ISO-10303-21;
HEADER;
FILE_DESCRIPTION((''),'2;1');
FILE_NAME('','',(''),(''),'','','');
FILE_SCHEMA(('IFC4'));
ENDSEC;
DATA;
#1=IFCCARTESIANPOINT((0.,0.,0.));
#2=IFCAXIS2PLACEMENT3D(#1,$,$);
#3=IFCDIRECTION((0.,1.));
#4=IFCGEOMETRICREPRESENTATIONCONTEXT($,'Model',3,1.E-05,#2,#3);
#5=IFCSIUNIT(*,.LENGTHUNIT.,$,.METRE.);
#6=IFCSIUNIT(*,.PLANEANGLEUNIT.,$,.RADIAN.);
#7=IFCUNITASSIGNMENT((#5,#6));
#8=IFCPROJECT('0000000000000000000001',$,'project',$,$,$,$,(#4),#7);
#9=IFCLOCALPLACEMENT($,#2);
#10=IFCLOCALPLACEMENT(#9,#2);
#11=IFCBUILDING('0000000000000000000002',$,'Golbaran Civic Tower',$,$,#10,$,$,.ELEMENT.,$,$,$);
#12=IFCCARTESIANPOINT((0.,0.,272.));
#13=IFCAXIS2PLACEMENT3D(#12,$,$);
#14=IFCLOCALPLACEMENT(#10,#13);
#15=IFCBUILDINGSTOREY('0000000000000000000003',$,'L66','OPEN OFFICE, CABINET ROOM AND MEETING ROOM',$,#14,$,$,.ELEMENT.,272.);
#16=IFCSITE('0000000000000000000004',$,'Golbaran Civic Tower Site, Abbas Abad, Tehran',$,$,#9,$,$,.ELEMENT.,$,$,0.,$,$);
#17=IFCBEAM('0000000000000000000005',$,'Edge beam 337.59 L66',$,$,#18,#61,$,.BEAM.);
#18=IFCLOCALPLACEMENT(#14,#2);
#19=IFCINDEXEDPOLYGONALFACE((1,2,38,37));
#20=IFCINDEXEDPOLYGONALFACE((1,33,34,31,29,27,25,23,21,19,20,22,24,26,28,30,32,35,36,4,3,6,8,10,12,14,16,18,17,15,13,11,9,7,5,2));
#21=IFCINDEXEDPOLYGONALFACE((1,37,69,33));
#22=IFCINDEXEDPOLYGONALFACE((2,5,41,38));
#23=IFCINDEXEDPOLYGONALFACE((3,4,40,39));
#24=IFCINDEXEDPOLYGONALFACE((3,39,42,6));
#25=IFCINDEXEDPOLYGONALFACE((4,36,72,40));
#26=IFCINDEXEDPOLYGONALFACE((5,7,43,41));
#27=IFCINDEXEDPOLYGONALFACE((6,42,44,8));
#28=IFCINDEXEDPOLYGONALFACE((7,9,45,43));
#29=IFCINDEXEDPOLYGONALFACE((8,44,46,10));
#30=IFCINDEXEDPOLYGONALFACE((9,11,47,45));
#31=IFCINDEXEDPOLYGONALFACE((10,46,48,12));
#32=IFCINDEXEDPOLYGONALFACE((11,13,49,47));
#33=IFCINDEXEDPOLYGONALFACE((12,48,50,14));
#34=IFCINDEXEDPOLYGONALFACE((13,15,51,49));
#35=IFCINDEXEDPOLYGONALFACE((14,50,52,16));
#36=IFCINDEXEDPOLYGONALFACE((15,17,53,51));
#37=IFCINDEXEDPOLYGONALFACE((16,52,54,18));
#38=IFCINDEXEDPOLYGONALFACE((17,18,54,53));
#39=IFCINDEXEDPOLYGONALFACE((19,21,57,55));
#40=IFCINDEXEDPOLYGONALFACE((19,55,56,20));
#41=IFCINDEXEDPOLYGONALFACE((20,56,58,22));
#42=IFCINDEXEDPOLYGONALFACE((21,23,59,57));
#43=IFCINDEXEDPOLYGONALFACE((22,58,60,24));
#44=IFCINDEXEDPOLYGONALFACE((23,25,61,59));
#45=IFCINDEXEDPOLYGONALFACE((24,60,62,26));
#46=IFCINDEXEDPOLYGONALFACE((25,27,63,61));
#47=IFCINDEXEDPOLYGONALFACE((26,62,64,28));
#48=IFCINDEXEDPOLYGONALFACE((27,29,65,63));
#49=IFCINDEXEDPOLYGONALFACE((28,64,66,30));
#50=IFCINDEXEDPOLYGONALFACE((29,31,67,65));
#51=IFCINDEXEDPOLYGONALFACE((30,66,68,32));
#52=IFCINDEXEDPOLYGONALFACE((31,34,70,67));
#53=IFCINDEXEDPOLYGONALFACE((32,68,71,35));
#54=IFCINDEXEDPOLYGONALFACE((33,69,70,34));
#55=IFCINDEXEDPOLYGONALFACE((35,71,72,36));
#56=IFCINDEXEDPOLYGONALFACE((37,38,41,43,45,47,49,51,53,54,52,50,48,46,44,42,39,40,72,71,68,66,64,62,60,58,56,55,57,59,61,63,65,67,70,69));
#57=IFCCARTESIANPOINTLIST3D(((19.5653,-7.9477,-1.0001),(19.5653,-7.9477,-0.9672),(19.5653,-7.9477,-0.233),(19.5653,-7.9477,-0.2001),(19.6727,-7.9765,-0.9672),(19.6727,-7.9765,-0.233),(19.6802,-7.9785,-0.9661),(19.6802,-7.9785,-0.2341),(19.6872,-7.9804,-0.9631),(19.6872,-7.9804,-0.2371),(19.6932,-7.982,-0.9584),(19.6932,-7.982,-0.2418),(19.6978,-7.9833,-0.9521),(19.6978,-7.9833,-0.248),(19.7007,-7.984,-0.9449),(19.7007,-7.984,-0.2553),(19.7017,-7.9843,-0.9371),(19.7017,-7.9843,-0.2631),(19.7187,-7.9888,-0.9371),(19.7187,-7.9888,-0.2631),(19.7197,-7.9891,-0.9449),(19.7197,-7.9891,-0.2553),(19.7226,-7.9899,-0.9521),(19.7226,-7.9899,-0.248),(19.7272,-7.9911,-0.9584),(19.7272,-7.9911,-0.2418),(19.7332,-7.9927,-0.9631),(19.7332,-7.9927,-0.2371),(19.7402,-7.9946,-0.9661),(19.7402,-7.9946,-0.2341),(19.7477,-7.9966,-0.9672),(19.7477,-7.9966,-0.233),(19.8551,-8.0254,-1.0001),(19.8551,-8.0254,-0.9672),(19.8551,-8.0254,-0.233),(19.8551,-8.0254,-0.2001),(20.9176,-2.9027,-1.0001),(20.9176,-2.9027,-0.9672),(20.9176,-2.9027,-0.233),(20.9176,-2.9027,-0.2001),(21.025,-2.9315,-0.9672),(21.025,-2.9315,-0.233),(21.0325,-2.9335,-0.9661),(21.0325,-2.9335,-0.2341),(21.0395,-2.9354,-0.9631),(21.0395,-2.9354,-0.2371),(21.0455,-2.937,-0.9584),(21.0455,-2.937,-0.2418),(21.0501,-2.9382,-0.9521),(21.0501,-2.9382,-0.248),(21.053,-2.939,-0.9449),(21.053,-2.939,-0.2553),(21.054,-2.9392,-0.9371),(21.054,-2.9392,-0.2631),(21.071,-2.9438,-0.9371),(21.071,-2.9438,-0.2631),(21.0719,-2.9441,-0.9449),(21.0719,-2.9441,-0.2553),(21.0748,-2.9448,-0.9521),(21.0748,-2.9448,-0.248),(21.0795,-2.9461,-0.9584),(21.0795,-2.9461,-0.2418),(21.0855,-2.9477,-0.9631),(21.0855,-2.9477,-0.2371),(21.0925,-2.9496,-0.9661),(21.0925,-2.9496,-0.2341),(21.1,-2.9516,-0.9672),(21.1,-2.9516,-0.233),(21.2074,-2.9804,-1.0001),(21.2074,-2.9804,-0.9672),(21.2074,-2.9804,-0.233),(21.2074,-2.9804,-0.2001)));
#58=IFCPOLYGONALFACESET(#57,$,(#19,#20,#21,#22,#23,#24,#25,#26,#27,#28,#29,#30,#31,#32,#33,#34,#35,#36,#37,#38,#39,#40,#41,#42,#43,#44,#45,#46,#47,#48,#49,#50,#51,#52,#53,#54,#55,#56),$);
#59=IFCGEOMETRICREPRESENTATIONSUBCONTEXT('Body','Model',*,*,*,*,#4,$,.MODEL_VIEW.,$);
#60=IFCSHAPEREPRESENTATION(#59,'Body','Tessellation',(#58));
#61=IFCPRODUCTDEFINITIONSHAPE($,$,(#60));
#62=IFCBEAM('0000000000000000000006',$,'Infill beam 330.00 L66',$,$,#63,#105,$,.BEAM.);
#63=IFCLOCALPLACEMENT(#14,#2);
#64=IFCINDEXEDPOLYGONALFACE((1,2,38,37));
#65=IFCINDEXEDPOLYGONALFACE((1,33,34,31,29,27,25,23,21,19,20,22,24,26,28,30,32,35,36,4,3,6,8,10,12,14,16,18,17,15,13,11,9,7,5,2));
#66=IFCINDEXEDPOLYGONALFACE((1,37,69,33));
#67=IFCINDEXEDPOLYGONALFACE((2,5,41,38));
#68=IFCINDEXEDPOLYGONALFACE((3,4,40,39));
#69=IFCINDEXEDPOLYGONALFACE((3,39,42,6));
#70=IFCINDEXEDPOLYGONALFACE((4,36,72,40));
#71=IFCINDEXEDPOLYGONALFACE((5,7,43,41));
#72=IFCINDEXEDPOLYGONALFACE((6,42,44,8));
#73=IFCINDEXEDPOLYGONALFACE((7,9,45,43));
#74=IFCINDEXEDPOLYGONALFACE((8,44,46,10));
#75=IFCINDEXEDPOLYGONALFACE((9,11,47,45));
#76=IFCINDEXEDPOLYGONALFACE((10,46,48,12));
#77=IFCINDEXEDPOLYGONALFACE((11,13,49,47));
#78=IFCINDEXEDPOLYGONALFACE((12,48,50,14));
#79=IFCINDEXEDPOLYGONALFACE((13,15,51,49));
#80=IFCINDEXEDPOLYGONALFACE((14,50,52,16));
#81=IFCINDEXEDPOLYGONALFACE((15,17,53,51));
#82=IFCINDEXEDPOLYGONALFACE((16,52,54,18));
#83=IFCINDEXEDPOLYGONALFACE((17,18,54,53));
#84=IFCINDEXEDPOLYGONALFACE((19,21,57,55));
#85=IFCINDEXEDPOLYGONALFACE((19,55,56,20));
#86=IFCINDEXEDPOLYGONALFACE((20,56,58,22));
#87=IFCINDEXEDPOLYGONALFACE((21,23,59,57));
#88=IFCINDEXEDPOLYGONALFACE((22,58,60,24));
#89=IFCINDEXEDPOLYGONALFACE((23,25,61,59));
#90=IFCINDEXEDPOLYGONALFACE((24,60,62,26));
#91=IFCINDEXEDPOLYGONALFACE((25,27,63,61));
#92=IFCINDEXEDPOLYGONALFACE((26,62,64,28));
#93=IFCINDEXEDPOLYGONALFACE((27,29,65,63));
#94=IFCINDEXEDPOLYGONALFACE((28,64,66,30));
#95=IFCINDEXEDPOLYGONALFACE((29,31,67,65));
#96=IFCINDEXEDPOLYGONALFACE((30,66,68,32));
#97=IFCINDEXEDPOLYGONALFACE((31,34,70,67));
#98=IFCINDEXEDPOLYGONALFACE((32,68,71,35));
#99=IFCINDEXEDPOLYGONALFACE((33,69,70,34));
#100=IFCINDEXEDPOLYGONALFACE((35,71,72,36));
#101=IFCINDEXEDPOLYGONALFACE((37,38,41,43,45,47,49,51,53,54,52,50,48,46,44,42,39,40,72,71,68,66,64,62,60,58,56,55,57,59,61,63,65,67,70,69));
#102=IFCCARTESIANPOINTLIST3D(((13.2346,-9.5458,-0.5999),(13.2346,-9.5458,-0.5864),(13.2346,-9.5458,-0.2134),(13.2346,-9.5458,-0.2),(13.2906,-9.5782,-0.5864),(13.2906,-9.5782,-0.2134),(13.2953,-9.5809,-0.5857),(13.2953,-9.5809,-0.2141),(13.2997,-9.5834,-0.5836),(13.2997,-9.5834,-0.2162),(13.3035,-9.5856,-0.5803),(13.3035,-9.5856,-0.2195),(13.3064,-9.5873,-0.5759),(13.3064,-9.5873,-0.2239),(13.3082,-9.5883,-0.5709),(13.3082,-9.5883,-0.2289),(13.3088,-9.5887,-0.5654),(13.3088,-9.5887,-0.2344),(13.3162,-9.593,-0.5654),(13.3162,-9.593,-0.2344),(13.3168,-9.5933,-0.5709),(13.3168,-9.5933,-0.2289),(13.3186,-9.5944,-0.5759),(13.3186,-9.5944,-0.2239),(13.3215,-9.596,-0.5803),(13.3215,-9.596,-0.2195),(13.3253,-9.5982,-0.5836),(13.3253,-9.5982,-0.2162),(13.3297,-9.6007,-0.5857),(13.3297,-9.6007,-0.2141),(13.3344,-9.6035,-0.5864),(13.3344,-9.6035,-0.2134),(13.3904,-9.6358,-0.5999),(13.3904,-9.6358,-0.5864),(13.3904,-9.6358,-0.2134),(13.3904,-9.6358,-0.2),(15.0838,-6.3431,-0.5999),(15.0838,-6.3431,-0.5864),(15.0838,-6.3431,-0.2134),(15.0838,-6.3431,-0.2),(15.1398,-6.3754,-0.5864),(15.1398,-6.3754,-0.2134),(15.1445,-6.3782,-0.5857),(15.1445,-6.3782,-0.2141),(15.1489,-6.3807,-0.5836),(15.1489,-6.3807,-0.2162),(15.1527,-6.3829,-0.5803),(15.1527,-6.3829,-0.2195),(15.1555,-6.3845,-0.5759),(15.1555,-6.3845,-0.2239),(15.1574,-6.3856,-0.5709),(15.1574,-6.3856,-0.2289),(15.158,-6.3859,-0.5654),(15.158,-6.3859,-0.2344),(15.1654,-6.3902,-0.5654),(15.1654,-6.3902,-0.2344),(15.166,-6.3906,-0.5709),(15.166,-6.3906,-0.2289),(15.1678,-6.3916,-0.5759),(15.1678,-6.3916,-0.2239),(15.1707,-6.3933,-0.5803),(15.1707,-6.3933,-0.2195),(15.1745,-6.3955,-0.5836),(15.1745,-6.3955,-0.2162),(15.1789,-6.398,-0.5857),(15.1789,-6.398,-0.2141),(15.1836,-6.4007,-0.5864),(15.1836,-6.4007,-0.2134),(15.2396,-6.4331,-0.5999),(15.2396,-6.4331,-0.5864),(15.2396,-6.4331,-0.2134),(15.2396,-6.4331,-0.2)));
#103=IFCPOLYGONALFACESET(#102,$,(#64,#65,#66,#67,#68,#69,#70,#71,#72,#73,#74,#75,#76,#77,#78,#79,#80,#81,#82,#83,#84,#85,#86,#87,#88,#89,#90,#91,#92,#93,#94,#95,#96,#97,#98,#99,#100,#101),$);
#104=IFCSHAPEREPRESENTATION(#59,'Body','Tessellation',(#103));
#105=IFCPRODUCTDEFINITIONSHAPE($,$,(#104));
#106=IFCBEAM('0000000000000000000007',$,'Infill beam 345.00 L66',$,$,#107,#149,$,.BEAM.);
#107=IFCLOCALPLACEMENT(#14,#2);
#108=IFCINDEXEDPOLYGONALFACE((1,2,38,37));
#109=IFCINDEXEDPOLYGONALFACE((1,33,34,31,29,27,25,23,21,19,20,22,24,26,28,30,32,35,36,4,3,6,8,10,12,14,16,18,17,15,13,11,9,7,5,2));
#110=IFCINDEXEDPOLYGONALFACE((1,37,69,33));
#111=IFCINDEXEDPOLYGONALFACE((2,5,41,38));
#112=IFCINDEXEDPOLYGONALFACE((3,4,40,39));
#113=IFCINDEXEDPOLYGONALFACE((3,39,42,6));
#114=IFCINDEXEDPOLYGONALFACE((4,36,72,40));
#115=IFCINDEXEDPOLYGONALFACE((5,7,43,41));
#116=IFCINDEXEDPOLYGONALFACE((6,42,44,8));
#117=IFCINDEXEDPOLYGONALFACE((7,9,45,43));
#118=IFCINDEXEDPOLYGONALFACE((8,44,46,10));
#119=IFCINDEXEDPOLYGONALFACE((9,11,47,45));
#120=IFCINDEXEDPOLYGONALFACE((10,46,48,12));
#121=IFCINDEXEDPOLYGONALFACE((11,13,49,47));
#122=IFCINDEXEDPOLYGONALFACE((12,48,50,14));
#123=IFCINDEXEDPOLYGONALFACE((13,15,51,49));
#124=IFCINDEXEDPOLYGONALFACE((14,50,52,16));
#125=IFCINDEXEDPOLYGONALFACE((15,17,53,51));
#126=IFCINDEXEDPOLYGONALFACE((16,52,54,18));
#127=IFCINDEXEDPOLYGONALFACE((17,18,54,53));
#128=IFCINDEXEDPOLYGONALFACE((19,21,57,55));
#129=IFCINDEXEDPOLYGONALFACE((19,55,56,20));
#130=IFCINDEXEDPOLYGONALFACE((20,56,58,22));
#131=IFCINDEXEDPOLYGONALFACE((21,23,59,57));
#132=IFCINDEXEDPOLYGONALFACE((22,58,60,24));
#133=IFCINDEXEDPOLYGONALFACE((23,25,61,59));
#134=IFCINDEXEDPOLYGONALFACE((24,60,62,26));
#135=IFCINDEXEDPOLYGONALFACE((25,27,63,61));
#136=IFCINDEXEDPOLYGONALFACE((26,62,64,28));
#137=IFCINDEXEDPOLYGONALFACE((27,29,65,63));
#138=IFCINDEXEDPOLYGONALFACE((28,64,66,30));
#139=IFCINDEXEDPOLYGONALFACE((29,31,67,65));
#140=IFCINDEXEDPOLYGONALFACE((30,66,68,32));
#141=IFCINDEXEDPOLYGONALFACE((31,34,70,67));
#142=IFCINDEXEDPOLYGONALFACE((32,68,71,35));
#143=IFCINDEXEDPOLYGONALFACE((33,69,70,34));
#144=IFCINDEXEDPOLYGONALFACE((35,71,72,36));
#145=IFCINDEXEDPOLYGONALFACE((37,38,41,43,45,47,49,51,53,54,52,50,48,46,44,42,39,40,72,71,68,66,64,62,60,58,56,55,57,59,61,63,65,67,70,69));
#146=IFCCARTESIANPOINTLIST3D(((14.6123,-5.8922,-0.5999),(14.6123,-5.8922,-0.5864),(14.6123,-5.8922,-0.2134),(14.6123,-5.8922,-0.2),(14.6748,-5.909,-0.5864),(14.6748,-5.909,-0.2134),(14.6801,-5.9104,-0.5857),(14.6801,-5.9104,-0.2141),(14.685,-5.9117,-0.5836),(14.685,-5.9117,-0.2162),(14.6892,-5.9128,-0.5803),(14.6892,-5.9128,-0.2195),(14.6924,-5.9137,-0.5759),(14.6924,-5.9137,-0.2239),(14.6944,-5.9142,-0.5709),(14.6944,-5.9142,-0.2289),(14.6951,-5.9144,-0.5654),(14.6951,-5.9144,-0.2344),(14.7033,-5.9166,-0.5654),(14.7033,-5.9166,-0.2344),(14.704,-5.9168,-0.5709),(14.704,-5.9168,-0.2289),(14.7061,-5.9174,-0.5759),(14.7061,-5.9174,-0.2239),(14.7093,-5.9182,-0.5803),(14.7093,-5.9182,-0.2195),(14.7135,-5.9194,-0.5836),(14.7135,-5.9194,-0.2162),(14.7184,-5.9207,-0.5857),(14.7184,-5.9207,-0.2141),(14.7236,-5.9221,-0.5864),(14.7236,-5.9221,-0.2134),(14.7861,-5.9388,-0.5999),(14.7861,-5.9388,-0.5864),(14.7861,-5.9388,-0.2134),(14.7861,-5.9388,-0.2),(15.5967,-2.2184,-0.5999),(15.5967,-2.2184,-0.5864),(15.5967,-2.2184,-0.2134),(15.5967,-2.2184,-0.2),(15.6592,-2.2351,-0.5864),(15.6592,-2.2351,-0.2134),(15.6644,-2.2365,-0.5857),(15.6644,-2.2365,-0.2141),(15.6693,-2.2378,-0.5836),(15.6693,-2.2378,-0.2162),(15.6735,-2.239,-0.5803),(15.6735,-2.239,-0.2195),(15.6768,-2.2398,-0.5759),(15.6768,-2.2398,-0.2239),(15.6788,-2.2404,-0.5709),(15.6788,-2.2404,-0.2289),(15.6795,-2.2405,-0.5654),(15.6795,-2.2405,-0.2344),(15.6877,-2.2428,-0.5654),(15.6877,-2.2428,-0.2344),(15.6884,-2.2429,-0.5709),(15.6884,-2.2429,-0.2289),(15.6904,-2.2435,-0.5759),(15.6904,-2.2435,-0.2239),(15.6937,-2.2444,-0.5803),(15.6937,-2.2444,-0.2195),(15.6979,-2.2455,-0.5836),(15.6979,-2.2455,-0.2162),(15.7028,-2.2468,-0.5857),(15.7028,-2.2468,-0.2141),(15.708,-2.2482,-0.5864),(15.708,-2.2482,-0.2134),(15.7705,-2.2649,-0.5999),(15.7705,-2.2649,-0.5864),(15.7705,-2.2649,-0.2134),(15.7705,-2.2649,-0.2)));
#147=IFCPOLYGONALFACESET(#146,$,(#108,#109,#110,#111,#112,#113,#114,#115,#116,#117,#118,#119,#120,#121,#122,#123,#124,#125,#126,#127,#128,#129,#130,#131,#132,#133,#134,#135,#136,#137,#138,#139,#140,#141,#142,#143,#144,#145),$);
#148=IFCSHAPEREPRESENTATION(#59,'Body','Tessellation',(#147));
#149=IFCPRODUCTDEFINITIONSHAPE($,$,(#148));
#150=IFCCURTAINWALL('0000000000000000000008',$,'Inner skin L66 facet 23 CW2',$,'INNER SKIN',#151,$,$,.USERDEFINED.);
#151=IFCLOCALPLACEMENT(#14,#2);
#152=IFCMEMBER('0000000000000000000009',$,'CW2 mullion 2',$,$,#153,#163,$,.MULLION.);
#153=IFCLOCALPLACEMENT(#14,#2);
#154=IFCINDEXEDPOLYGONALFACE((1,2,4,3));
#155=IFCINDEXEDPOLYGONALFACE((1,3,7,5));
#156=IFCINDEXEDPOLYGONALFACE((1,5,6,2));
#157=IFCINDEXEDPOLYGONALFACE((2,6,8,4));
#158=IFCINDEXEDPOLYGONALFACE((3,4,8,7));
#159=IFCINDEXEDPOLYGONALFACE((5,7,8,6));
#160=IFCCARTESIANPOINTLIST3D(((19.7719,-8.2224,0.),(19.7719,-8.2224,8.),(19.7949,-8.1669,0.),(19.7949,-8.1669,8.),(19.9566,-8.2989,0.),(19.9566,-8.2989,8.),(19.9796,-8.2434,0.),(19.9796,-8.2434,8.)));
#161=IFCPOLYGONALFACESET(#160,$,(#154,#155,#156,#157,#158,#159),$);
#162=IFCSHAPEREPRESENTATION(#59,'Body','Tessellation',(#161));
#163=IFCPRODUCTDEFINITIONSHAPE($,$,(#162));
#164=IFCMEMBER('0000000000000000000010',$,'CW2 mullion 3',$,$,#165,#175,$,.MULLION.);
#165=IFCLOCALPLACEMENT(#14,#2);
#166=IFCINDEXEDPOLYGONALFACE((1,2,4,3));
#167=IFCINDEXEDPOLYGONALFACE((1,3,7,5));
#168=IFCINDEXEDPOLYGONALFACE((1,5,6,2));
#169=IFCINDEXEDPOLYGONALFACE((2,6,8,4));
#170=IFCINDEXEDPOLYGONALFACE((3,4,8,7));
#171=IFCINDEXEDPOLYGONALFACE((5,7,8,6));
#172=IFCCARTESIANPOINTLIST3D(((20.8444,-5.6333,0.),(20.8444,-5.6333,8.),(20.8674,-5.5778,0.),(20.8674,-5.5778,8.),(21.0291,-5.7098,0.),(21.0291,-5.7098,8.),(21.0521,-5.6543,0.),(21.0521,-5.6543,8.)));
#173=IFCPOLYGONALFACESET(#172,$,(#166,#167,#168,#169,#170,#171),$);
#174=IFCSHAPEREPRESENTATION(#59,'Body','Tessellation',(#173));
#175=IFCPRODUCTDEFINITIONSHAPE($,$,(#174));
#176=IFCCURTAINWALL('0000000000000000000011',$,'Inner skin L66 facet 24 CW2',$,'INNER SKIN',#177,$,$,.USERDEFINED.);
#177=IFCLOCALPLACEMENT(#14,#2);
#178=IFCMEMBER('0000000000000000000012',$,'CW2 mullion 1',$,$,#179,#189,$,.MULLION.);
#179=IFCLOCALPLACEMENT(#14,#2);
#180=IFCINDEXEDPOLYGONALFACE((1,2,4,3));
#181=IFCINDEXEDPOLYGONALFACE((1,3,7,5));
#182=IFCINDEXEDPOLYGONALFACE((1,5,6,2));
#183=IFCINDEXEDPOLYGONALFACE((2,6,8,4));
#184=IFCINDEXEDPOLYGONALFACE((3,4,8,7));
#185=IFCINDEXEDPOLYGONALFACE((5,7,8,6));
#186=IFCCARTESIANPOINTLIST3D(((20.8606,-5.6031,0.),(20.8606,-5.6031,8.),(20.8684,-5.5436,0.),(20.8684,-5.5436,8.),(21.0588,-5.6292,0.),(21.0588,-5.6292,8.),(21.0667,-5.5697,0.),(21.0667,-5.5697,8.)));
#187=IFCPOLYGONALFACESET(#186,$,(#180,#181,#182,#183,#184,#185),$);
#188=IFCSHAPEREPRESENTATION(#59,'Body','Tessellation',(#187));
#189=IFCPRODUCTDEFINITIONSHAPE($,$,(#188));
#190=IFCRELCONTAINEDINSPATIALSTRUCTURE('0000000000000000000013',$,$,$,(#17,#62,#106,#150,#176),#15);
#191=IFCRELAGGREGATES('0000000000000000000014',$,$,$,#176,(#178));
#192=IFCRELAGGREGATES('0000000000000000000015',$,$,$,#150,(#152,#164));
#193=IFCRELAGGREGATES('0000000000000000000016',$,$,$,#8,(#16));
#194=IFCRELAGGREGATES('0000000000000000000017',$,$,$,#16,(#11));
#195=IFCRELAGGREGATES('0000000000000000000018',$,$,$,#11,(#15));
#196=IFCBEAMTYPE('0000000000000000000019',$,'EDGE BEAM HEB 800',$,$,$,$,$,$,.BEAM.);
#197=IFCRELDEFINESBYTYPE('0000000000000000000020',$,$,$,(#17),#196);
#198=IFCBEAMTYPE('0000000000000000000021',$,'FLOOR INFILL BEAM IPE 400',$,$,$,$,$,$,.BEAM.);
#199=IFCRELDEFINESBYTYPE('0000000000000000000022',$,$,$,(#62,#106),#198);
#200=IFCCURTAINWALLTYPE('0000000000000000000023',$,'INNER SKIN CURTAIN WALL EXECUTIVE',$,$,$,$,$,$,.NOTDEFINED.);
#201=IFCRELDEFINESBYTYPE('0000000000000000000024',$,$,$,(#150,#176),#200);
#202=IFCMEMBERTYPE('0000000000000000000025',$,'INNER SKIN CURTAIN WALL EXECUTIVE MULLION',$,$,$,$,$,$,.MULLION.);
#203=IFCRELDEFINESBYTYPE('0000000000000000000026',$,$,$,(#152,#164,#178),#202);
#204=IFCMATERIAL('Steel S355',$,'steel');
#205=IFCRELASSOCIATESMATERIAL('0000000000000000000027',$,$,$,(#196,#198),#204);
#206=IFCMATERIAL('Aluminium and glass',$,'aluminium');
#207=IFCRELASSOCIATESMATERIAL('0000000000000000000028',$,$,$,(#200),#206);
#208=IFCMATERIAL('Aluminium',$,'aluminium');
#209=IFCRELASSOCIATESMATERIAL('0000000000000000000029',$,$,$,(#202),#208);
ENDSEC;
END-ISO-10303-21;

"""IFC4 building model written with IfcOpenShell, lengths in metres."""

from ifc_helpers import new_model, si_unit, direction, frame, origin, origin_2d, place, context, subcontext, project, spatial, rectangle, i_section, extrude, material, material_profile, profile_set, type_object, element, aggregate, save


model = new_model("IFC4")

# Units and contexts
model_context = context("Model", 3, precision=1e-05, world=origin(), true_north=direction((0.0, 1.0)))
body_context = subcontext(model_context, "Body", "Model", "MODEL_VIEW")
ifc_project = project(units=[si_unit("LENGTHUNIT", "METRE"), si_unit("PLANEANGLEUNIT", "RADIAN")], contexts=[model_context])

# Site, building, storey
site_placement = place(None, origin())
site = spatial("IfcSite", under=ifc_project, at=site_placement, Name="Golbaran Civic Tower Site, Abbas Abad, Tehran", CompositionType="ELEMENT", RefElevation=0.0)
building_placement = place(site_placement, origin())
building = spatial("IfcBuilding", under=site, at=building_placement, Name="Golbaran Civic Tower", CompositionType="ELEMENT")
storey_placement = place(building_placement, frame((0.0, 0.0, 272.0)))
storey = spatial("IfcBuildingStorey", under=building, at=storey_placement, Name="L66", Description="OPEN OFFICE, CABINET ROOM AND MEETING ROOM", CompositionType="ELEMENT", Elevation=272.0)

# Beams
ifc_material_1 = material(Name="Steel S355", Category="steel")
ifc_material_profile_1 = material_profile(ifc_material_1, i_section(OverallWidth=0.3, OverallDepth=0.8, WebThickness=0.0176, FlangeThickness=0.033, FilletRadius=0.03, at=origin_2d()), Name="HEB 800")
ifc_profile_set_1 = profile_set([ifc_material_profile_1], Name="Steel S355")
beam_type_1 = type_object("IfcBeamType", Name="EDGE BEAM HEB 800", PredefinedType="BEAM", material=ifc_profile_set_1)
beam_1_placement = place(storey_placement, frame((19.7102, -7.9866, -0.6001), z_axis=(0.258899, 0.965904, 0.0), x_axis=(-0.965904, 0.258899, 0.0)))
element("IfcBeam", 1, at=beam_1_placement, inside=storey, type_object=beam_type_1, Name="Edge beam 337.59 L66", PredefinedType="BEAM", context=body_context, shape_type="SweptSolid", body=[
    extrude(i_section(OverallWidth=0.3, OverallDepth=0.8, WebThickness=0.0176, FlangeThickness=0.033, FilletRadius=0.03, at=origin_2d()), origin(), (0.0, 0.0, 1.0), 5.2231),
])
ifc_material_profile_2 = material_profile(ifc_material_1, i_section(OverallWidth=0.1799, OverallDepth=0.3999, WebThickness=0.0085, FlangeThickness=0.0134, FilletRadius=0.021, at=origin_2d()), Name="IPE 400")
ifc_profile_set_2 = profile_set([ifc_material_profile_2], Name="Steel S355")
beam_type_2 = type_object("IfcBeamType", Name="FLOOR INFILL BEAM IPE 400", PredefinedType="BEAM", material=ifc_profile_set_2)
beam_2_placement = place(storey_placement, frame((13.3125, -9.5908, -0.3999), z_axis=(0.500016, 0.866016, 0.0), x_axis=(-0.866016, 0.500016, 0.0)))
element("IfcBeam", 2, at=beam_2_placement, inside=storey, type_object=beam_type_2, Name="Infill beam 330.00 L66", PredefinedType="BEAM", context=body_context, shape_type="SweptSolid", body=[
    extrude(i_section(OverallWidth=0.1799, OverallDepth=0.3999, WebThickness=0.0085, FlangeThickness=0.0134, FilletRadius=0.021, at=origin_2d()), origin(), (0.0, 0.0, 1.0), 3.6982),
])
beam_3_placement = place(storey_placement, frame((14.6992, -5.9155, -0.3999), z_axis=(0.258813, 0.965927, 0.0), x_axis=(-0.965927, 0.258813, 0.0)))
element("IfcBeam", 3, at=beam_3_placement, inside=storey, type_object=beam_type_2, Name="Infill beam 345.00 L66", PredefinedType="BEAM", context=body_context, shape_type="SweptSolid", body=[
    extrude(i_section(OverallWidth=0.1799, OverallDepth=0.3999, WebThickness=0.0085, FlangeThickness=0.0134, FilletRadius=0.021, at=origin_2d()), origin(), (0.0, 0.0, 1.0), 3.8035),
])

# Curtain wall, members
ifc_material_2 = material(Name="Aluminium and glass", Category="aluminium")
curtain_wall_type = type_object("IfcCurtainWallType", Name="INNER SKIN CURTAIN WALL EXECUTIVE", PredefinedType="NOTDEFINED", material=ifc_material_2)
curtain_wall_1_placement = place(storey_placement, origin())
curtain_wall_1 = element("IfcCurtainWall", 4, at=curtain_wall_1_placement, inside=storey, type_object=curtain_wall_type, Name="Inner skin L66 facet 23 CW2", ObjectType="INNER SKIN", PredefinedType="USERDEFINED")
ifc_material_3 = material(Name="Aluminium", Category="aluminium")
ifc_material_profile_3 = material_profile(ifc_material_3, rectangle(XDim=0.2, YDim=0.0601, at=origin_2d()), Name="INNER SKIN CURTAIN WALL EXECUTIVE MULLION")
ifc_profile_set_3 = profile_set([ifc_material_profile_3], Name="Aluminium")
member_type_1 = type_object("IfcMemberType", Name="INNER SKIN CURTAIN WALL EXECUTIVE MULLION", PredefinedType="MULLION", material=ifc_profile_set_3)
member_1_placement = place(storey_placement, frame((19.8757, -8.2329, 0.0), z_axis=(0.0, 0.0, 1.0), x_axis=(-0.92388, 0.382683, 0.0)))
member_1 = element("IfcMember", 5, at=member_1_placement, type_object=member_type_1, Name="CW2 mullion 2", PredefinedType="MULLION", context=body_context, shape_type="SweptSolid", body=[
    extrude(rectangle(XDim=0.2, YDim=0.0601, at=origin_2d()), origin(), (0.0, 0.0, 1.0), 8.0),
])
member_2_placement = place(storey_placement, frame((20.9482, -5.6438, 0.0), z_axis=(0.0, 0.0, 1.0), x_axis=(-0.92388, 0.382683, 0.0)))
member_2 = element("IfcMember", 6, at=member_2_placement, type_object=member_type_1, Name="CW2 mullion 3", PredefinedType="MULLION", context=body_context, shape_type="SweptSolid", body=[
    extrude(rectangle(XDim=0.2, YDim=0.0601, at=origin_2d()), origin(), (0.0, 0.0, 1.0), 8.0),
])

# Curtain wall, member
curtain_wall_2_placement = place(storey_placement, origin())
curtain_wall_2 = element("IfcCurtainWall", 7, at=curtain_wall_2_placement, inside=storey, type_object=curtain_wall_type, Name="Inner skin L66 facet 24 CW2", ObjectType="INNER SKIN", PredefinedType="USERDEFINED")
member_3_placement = place(storey_placement, frame((20.9636, -5.5864, 0.0), z_axis=(0.0, 0.0, 1.0), x_axis=(-0.991445, 0.130526, 0.0)))
member_3 = element("IfcMember", 8, at=member_3_placement, type_object=member_type_1, Name="CW2 mullion 1", PredefinedType="MULLION", context=body_context, shape_type="SweptSolid", body=[
    extrude(rectangle(XDim=0.2, YDim=0.0601, at=origin_2d()), origin(), (0.0, 0.0, 1.0), 8.0),
])

aggregate(curtain_wall_2, [member_3])

aggregate(curtain_wall_1, [member_1, member_2])

save(model, "model.ifc")
